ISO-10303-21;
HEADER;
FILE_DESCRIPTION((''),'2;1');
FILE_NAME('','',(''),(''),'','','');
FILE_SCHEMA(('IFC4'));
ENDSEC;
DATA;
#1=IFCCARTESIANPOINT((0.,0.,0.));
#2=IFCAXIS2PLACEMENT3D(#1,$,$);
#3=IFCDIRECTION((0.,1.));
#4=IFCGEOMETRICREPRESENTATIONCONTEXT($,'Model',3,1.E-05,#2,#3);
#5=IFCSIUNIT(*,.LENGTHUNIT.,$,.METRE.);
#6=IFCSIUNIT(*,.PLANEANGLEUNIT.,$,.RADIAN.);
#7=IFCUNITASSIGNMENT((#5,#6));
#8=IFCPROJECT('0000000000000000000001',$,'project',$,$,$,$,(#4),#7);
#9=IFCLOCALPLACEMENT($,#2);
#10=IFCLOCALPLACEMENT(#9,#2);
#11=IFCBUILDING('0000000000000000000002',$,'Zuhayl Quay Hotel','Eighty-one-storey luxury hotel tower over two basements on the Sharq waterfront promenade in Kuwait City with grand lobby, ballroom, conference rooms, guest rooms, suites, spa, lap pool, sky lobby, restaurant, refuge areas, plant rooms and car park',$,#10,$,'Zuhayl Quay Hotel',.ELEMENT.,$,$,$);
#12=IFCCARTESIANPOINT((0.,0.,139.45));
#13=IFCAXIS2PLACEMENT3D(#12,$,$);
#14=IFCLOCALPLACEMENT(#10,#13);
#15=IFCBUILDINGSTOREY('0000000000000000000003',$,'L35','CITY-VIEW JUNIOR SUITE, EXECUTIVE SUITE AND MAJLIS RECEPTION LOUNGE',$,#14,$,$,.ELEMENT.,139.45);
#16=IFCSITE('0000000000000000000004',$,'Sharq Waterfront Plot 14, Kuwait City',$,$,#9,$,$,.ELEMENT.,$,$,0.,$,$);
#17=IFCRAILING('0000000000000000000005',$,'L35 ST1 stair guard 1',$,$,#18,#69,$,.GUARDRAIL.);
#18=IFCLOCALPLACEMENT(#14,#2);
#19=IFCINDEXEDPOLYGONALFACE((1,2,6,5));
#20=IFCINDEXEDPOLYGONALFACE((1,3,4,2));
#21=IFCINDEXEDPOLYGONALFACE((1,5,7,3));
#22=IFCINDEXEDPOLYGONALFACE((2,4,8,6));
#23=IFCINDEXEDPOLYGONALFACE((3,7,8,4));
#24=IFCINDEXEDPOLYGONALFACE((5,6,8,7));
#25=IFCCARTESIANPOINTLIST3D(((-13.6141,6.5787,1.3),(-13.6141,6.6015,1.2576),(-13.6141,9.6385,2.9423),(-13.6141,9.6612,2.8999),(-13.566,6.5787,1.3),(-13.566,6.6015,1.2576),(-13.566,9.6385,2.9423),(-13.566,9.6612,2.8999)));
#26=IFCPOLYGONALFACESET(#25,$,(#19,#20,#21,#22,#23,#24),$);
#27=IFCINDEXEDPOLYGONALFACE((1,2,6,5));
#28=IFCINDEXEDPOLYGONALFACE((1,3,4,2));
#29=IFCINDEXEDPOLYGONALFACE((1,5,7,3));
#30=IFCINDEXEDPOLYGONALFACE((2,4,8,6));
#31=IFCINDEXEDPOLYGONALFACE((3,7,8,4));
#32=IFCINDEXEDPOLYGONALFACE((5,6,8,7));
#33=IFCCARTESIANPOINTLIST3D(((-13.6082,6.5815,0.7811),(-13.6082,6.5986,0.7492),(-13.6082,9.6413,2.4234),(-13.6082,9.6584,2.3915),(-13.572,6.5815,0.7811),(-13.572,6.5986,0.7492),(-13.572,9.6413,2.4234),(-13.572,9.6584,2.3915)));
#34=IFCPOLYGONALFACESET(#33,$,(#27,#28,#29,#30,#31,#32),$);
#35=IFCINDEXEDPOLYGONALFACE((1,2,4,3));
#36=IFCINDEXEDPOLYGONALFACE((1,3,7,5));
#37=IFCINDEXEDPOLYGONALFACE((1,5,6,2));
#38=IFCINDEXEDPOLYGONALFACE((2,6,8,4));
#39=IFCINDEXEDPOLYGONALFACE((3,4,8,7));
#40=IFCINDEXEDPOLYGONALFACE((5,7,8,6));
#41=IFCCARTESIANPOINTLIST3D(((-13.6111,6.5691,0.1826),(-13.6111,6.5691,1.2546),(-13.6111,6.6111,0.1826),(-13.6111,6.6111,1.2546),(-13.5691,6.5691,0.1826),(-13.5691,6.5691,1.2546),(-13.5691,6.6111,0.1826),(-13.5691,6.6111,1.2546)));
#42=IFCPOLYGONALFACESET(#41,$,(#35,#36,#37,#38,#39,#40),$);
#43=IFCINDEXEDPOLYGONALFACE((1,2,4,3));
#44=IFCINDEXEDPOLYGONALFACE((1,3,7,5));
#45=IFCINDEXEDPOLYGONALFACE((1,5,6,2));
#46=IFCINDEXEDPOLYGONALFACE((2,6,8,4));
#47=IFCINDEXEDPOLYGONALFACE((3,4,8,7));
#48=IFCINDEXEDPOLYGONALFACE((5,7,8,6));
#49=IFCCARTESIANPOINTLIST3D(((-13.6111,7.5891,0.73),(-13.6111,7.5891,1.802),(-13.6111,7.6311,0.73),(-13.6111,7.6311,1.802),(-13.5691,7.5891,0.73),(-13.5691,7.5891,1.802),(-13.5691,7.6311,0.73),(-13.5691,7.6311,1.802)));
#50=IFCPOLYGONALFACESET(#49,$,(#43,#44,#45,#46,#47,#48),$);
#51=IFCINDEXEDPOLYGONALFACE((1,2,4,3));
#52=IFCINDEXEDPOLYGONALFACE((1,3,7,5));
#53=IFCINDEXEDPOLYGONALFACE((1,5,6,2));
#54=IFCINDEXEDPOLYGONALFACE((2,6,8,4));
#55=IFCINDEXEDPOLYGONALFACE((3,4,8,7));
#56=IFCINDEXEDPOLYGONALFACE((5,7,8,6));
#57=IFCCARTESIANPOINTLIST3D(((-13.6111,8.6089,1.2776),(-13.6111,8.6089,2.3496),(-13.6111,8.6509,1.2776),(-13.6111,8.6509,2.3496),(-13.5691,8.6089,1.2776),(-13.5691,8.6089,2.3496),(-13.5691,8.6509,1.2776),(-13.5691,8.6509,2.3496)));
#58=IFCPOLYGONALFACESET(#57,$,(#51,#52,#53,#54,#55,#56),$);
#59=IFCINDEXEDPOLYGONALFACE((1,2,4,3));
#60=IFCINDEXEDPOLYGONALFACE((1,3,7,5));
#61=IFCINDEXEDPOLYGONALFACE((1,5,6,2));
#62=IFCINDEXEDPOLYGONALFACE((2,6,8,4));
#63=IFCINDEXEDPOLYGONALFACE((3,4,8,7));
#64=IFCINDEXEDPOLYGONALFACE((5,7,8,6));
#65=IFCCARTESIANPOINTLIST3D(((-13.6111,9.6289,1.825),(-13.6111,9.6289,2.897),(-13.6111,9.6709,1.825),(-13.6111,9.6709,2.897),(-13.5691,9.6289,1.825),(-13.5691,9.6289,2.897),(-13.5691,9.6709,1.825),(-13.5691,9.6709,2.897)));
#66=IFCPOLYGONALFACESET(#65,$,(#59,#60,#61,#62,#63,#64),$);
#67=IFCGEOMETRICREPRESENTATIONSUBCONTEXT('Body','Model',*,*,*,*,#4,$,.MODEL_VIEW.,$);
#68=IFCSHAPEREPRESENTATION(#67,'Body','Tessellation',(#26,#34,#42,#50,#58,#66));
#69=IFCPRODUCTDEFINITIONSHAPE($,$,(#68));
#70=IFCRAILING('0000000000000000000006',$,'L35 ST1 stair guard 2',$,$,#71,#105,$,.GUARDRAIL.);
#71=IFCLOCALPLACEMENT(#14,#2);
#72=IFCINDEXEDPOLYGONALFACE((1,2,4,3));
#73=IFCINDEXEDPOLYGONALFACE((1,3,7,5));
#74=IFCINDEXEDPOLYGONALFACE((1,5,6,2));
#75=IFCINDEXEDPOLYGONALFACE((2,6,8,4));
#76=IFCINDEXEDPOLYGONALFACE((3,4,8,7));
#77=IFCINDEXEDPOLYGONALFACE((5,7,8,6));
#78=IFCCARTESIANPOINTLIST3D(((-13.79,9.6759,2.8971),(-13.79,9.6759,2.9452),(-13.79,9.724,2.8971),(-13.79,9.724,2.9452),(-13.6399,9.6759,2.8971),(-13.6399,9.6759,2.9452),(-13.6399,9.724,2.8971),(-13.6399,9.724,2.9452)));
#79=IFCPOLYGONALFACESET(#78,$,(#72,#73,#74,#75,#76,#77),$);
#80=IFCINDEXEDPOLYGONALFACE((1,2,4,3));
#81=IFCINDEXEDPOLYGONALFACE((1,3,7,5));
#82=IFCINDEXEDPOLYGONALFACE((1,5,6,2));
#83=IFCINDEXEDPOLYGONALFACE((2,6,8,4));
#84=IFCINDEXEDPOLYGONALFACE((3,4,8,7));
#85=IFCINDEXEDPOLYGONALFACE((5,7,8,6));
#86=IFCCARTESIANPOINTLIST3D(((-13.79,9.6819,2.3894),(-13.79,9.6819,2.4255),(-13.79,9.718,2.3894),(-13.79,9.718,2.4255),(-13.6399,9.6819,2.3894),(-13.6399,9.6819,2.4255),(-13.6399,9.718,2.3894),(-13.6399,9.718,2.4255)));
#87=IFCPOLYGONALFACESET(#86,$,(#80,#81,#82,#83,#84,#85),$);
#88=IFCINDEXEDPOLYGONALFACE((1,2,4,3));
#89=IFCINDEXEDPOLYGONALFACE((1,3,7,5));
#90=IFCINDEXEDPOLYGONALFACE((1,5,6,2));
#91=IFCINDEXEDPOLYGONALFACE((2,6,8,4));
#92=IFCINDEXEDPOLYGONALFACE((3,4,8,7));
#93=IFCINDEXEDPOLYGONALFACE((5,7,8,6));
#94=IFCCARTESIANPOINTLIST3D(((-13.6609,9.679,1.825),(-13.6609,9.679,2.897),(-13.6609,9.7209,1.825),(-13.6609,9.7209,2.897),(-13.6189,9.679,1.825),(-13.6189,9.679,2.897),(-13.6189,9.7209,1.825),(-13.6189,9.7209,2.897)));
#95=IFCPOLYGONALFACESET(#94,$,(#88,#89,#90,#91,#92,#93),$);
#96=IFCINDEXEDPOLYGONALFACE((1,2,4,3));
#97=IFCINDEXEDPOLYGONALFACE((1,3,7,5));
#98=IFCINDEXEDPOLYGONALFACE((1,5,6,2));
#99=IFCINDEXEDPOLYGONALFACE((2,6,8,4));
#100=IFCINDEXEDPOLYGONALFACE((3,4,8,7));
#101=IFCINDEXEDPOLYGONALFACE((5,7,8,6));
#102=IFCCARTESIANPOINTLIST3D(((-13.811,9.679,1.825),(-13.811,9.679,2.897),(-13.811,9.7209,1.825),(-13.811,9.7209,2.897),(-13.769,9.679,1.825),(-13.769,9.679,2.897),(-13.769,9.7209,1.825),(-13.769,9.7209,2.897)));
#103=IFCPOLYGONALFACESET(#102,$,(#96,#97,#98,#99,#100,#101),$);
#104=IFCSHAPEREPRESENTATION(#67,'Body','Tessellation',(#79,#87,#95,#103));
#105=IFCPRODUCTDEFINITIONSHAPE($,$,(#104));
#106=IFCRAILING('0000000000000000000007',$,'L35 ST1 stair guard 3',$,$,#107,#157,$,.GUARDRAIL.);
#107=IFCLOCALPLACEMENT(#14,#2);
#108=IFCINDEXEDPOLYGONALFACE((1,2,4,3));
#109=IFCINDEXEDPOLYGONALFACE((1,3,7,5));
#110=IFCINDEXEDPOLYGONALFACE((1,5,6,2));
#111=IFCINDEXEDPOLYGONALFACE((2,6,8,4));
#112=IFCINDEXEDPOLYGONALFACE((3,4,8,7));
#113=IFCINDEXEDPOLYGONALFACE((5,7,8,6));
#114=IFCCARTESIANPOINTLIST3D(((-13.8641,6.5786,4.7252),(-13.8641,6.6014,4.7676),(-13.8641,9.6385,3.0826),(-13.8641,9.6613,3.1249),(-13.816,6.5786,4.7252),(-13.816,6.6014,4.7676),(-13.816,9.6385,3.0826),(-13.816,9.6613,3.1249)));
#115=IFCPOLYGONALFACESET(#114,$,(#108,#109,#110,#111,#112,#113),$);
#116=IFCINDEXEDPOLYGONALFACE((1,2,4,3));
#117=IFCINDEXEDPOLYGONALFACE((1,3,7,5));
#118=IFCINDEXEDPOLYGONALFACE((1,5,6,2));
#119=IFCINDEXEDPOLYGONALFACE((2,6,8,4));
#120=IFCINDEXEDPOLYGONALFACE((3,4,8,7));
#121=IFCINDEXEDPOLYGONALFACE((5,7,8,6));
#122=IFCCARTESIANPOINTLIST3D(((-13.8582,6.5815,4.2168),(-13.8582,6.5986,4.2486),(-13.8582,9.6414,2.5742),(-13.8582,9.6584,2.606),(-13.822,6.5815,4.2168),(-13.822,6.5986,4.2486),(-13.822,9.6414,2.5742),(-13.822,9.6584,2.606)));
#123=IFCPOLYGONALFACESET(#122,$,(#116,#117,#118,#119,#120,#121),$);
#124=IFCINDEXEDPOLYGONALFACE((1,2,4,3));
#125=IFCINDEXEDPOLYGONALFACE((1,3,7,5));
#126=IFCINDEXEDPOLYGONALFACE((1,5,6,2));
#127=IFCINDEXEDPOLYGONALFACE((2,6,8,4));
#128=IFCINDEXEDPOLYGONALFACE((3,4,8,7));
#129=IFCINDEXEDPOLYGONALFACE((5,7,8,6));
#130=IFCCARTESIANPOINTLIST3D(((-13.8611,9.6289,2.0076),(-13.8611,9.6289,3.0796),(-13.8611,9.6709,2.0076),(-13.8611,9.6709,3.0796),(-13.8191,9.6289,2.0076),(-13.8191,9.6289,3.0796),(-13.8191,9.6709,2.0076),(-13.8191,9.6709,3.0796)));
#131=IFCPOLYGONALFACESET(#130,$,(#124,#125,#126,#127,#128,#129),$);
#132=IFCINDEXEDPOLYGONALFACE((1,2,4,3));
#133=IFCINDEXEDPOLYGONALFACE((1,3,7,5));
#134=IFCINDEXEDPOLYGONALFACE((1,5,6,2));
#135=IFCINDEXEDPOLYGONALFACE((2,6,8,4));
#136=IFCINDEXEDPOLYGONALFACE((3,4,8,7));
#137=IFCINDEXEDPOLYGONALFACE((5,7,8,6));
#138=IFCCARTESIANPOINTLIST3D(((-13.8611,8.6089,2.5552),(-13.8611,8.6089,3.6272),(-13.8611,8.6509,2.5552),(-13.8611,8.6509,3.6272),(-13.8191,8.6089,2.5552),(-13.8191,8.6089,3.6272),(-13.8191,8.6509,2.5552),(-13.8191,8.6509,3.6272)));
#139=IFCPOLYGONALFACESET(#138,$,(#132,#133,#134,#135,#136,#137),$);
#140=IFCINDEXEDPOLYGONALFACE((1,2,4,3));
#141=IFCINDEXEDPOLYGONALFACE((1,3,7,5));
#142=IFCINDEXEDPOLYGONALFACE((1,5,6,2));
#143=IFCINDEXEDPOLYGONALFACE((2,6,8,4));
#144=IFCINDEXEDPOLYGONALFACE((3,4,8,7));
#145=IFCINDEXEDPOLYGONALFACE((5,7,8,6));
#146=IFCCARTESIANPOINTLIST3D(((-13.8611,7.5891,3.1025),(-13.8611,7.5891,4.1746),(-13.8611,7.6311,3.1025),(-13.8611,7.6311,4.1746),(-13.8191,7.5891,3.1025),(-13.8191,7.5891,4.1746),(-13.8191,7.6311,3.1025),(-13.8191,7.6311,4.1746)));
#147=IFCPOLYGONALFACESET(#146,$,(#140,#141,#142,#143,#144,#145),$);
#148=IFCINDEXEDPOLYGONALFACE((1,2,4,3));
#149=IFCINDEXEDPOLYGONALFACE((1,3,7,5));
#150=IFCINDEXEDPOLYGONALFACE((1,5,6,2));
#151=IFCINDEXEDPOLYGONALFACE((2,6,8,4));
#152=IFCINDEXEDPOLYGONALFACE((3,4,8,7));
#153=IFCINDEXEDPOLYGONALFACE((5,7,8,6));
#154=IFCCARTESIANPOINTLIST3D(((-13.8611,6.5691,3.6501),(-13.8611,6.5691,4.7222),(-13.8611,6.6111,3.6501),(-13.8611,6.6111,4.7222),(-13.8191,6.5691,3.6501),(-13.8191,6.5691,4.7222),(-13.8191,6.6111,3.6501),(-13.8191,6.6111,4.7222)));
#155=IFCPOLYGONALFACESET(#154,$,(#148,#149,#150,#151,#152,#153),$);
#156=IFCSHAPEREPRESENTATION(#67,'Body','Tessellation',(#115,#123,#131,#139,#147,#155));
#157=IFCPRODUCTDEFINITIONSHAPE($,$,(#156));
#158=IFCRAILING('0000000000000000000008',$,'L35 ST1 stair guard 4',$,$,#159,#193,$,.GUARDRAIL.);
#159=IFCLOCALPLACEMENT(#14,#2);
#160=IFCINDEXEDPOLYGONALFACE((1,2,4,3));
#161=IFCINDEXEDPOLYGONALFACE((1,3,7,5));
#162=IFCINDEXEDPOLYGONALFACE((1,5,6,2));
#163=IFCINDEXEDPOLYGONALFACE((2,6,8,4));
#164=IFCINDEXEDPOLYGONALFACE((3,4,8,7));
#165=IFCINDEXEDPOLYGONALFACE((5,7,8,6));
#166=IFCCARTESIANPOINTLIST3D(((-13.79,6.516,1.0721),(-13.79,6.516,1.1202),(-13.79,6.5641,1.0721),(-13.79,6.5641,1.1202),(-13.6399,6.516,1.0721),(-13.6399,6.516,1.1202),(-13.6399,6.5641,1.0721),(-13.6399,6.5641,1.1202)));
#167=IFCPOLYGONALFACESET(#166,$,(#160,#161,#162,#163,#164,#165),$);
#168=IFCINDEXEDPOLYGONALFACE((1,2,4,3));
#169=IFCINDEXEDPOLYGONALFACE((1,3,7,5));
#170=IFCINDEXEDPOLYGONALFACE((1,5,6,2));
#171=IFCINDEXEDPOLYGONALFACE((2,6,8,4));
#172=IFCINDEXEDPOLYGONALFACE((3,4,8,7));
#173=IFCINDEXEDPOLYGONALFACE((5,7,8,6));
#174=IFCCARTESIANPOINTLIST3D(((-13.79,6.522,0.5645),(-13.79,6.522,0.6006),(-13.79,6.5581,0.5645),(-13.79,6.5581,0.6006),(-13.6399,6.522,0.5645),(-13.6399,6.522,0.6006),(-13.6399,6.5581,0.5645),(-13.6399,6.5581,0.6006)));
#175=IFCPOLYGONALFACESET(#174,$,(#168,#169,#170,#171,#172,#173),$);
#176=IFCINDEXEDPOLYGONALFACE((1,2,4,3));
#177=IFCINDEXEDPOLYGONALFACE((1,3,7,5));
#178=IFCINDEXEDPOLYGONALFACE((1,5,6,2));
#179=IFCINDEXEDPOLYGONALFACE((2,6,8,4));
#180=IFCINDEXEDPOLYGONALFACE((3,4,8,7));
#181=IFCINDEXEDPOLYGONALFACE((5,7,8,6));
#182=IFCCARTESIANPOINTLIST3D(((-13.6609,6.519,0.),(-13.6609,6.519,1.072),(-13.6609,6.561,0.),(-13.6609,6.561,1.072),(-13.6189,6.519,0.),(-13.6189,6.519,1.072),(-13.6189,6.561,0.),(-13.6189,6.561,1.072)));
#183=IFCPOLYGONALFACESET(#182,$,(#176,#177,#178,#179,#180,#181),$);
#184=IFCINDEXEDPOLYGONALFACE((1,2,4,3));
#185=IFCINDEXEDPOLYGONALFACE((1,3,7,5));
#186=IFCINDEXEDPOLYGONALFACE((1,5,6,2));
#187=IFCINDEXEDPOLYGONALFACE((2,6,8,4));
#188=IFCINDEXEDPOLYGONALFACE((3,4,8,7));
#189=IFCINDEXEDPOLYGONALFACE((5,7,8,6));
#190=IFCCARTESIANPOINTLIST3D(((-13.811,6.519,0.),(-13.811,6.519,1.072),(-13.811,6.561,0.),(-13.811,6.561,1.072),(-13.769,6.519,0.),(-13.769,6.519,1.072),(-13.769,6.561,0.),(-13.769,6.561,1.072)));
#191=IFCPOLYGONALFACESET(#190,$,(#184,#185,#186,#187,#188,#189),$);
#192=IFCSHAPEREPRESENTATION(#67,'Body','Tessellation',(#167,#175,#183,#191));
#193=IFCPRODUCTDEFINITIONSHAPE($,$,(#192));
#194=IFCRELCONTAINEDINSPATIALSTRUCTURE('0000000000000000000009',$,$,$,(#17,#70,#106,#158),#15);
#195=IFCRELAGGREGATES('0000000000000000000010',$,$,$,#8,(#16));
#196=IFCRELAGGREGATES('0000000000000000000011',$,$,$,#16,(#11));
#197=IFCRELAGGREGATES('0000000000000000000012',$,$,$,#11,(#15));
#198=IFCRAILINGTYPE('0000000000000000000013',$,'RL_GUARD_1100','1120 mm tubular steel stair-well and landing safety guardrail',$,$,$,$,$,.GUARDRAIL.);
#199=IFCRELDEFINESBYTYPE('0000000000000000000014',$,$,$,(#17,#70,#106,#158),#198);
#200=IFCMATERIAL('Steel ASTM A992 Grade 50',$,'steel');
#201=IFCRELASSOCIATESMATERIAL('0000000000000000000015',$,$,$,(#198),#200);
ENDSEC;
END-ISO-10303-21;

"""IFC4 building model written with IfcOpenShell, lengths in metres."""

from ifc_helpers import new_model, si_unit, direction, frame, origin, origin_2d, place, context, subcontext, project, spatial, rectangle, extrude, material, type_object, element, save


model = new_model("IFC4")

# Units and contexts
model_context = context("Model", 3, precision=1e-05, world=origin(), true_north=direction((0.0, 1.0)))
body_context = subcontext(model_context, "Body", "Model", "MODEL_VIEW")
ifc_project = project(units=[si_unit("LENGTHUNIT", "METRE"), si_unit("PLANEANGLEUNIT", "RADIAN")], contexts=[model_context])

# Site, building, storey
site_placement = place(None, origin())
site = spatial("IfcSite", under=ifc_project, at=site_placement, Name="Sharq Waterfront Plot 14, Kuwait City", CompositionType="ELEMENT", RefElevation=0.0)
building_placement = place(site_placement, origin())
building = spatial("IfcBuilding", under=site, at=building_placement, Name="Zuhayl Quay Hotel", Description="Eighty-one-storey luxury hotel tower over two basements on the Sharq waterfront promenade in Kuwait City with grand lobby, ballroom, conference rooms, guest rooms, suites, spa, lap pool, sky lobby, restaurant, refuge areas, plant rooms and car park", LongName="Zuhayl Quay Hotel", CompositionType="ELEMENT")
storey_placement = place(building_placement, frame((0.0, 0.0, 139.45)))
storey = spatial("IfcBuildingStorey", under=building, at=storey_placement, Name="L35", Description="CITY-VIEW JUNIOR SUITE, EXECUTIVE SUITE AND MAJLIS RECEPTION LOUNGE", CompositionType="ELEMENT", Elevation=139.45)

# Shared definitions
ifc_material_1 = material(Name="Steel ASTM A992 Grade 50", Category="steel")

# Railings
railing_type_1 = type_object("IfcRailingType", Name="RL_GUARD_1100", Description="1120 mm tubular steel stair-well and landing safety guardrail", PredefinedType="GUARDRAIL", material=ifc_material_1)
railing_1_placement = place(storey_placement, frame((-13.5901, 6.5901, 0.1826)))
element("IfcRailing", 1, at=railing_1_placement, inside=storey, type_object=railing_type_1, Name="L35 ST1 stair guard 1", PredefinedType="GUARDRAIL", context=body_context, shape_type="SweptSolid", body=[
    extrude(rectangle(XDim=0.0481, YDim=0.0481, at=origin_2d()), frame((0.0, 0.0, 1.0962), z_axis=(0.0, 0.881102, 0.472926), x_axis=(-1.0, 0.0, 0.0)), (0.0, 0.0, 1.0), 3.4727),
    extrude(rectangle(XDim=0.0361, YDim=0.0361, at=origin_2d()), frame((0.0, 0.0, 0.5825), z_axis=(0.0, 0.881102, 0.472926), x_axis=(-1.0, 0.0, 0.0)), (0.0, 0.0, 1.0), 3.4727),
    extrude(rectangle(XDim=0.042, YDim=0.042, at=origin_2d()), origin(), (0.0, 0.0, 1.0), 1.072),
    extrude(rectangle(XDim=0.042, YDim=0.042, at=origin_2d()), frame((0.0, 1.02, 0.5474)), (0.0, 0.0, 1.0), 1.072),
    extrude(rectangle(XDim=0.042, YDim=0.042, at=origin_2d()), frame((0.0, 2.0398, 1.095)), (0.0, 0.0, 1.0), 1.072),
    extrude(rectangle(XDim=0.042, YDim=0.042, at=origin_2d()), frame((0.0, 3.0598, 1.6423)), (0.0, 0.0, 1.0), 1.072),
])
railing_2_placement = place(storey_placement, frame((-13.6399, 9.7, 1.825)))
element("IfcRailing", 2, at=railing_2_placement, inside=storey, type_object=railing_type_1, Name="L35 ST1 stair guard 2", PredefinedType="GUARDRAIL", context=body_context, shape_type="SweptSolid", body=[
    extrude(rectangle(XDim=0.0481, YDim=0.0481, at=origin_2d()), frame((0.0, 0.0, 1.0962), z_axis=(-1.0, 0.0, 0.0), x_axis=(0.0, -1.0, 0.0)), (0.0, 0.0, 1.0), 0.1501),
    extrude(rectangle(XDim=0.0361, YDim=0.0361, at=origin_2d()), frame((0.0, 0.0, 0.5825), z_axis=(-1.0, 0.0, 0.0), x_axis=(0.0, -1.0, 0.0)), (0.0, 0.0, 1.0), 0.1501),
    extrude(rectangle(XDim=0.042, YDim=0.042, at=origin_2d()), origin(), (0.0, 0.0, 1.0), 1.072),
    extrude(rectangle(XDim=0.042, YDim=0.042, at=origin_2d()), frame((-0.1501, 0.0, 0.0)), (0.0, 0.0, 1.0), 1.072),
])
railing_3_placement = place(storey_placement, frame((-13.8401, 9.6499, 2.0076)))
element("IfcRailing", 3, at=railing_3_placement, inside=storey, type_object=railing_type_1, Name="L35 ST1 stair guard 3", PredefinedType="GUARDRAIL", context=body_context, shape_type="SweptSolid", body=[
    extrude(rectangle(XDim=0.0481, YDim=0.0481, at=origin_2d()), frame((0.0, 0.0, 1.0962), z_axis=(0.0, -0.881073, 0.47298), x_axis=(1.0, 0.0, 0.0)), (0.0, 0.0, 1.0), 3.4729),
    extrude(rectangle(XDim=0.0361, YDim=0.0361, at=origin_2d()), frame((0.0, 0.0, 0.5825), z_axis=(0.0, -0.881073, 0.47298), x_axis=(1.0, 0.0, 0.0)), (0.0, 0.0, 1.0), 3.4729),
    extrude(rectangle(XDim=0.042, YDim=0.042, at=origin_2d()), origin(), (0.0, 0.0, 1.0), 1.072),
    extrude(rectangle(XDim=0.042, YDim=0.042, at=origin_2d()), frame((0.0, -1.02, 0.5476)), (0.0, 0.0, 1.0), 1.072),
    extrude(rectangle(XDim=0.042, YDim=0.042, at=origin_2d()), frame((0.0, -2.0398, 1.095)), (0.0, 0.0, 1.0), 1.072),
    extrude(rectangle(XDim=0.042, YDim=0.042, at=origin_2d()), frame((0.0, -3.0598, 1.6426)), (0.0, 0.0, 1.0), 1.072),
])
railing_4_placement = place(storey_placement, frame((-13.6399, 6.54, 0.0)))
element("IfcRailing", 4, at=railing_4_placement, inside=storey, type_object=railing_type_1, Name="L35 ST1 stair guard 4", PredefinedType="GUARDRAIL", context=body_context, shape_type="SweptSolid", body=[
    extrude(rectangle(XDim=0.0481, YDim=0.0481, at=origin_2d()), frame((0.0, 0.0, 1.0962), z_axis=(-1.0, 0.0, 0.0), x_axis=(0.0, -1.0, 0.0)), (0.0, 0.0, 1.0), 0.1501),
    extrude(rectangle(XDim=0.0361, YDim=0.0361, at=origin_2d()), frame((0.0, 0.0, 0.5825), z_axis=(-1.0, 0.0, 0.0), x_axis=(0.0, -1.0, 0.0)), (0.0, 0.0, 1.0), 0.1501),
    extrude(rectangle(XDim=0.042, YDim=0.042, at=origin_2d()), origin(), (0.0, 0.0, 1.0), 1.072),
    extrude(rectangle(XDim=0.042, YDim=0.042, at=origin_2d()), frame((-0.1501, 0.0, 0.0)), (0.0, 0.0, 1.0), 1.072),
])

save(model, "model.ifc")
